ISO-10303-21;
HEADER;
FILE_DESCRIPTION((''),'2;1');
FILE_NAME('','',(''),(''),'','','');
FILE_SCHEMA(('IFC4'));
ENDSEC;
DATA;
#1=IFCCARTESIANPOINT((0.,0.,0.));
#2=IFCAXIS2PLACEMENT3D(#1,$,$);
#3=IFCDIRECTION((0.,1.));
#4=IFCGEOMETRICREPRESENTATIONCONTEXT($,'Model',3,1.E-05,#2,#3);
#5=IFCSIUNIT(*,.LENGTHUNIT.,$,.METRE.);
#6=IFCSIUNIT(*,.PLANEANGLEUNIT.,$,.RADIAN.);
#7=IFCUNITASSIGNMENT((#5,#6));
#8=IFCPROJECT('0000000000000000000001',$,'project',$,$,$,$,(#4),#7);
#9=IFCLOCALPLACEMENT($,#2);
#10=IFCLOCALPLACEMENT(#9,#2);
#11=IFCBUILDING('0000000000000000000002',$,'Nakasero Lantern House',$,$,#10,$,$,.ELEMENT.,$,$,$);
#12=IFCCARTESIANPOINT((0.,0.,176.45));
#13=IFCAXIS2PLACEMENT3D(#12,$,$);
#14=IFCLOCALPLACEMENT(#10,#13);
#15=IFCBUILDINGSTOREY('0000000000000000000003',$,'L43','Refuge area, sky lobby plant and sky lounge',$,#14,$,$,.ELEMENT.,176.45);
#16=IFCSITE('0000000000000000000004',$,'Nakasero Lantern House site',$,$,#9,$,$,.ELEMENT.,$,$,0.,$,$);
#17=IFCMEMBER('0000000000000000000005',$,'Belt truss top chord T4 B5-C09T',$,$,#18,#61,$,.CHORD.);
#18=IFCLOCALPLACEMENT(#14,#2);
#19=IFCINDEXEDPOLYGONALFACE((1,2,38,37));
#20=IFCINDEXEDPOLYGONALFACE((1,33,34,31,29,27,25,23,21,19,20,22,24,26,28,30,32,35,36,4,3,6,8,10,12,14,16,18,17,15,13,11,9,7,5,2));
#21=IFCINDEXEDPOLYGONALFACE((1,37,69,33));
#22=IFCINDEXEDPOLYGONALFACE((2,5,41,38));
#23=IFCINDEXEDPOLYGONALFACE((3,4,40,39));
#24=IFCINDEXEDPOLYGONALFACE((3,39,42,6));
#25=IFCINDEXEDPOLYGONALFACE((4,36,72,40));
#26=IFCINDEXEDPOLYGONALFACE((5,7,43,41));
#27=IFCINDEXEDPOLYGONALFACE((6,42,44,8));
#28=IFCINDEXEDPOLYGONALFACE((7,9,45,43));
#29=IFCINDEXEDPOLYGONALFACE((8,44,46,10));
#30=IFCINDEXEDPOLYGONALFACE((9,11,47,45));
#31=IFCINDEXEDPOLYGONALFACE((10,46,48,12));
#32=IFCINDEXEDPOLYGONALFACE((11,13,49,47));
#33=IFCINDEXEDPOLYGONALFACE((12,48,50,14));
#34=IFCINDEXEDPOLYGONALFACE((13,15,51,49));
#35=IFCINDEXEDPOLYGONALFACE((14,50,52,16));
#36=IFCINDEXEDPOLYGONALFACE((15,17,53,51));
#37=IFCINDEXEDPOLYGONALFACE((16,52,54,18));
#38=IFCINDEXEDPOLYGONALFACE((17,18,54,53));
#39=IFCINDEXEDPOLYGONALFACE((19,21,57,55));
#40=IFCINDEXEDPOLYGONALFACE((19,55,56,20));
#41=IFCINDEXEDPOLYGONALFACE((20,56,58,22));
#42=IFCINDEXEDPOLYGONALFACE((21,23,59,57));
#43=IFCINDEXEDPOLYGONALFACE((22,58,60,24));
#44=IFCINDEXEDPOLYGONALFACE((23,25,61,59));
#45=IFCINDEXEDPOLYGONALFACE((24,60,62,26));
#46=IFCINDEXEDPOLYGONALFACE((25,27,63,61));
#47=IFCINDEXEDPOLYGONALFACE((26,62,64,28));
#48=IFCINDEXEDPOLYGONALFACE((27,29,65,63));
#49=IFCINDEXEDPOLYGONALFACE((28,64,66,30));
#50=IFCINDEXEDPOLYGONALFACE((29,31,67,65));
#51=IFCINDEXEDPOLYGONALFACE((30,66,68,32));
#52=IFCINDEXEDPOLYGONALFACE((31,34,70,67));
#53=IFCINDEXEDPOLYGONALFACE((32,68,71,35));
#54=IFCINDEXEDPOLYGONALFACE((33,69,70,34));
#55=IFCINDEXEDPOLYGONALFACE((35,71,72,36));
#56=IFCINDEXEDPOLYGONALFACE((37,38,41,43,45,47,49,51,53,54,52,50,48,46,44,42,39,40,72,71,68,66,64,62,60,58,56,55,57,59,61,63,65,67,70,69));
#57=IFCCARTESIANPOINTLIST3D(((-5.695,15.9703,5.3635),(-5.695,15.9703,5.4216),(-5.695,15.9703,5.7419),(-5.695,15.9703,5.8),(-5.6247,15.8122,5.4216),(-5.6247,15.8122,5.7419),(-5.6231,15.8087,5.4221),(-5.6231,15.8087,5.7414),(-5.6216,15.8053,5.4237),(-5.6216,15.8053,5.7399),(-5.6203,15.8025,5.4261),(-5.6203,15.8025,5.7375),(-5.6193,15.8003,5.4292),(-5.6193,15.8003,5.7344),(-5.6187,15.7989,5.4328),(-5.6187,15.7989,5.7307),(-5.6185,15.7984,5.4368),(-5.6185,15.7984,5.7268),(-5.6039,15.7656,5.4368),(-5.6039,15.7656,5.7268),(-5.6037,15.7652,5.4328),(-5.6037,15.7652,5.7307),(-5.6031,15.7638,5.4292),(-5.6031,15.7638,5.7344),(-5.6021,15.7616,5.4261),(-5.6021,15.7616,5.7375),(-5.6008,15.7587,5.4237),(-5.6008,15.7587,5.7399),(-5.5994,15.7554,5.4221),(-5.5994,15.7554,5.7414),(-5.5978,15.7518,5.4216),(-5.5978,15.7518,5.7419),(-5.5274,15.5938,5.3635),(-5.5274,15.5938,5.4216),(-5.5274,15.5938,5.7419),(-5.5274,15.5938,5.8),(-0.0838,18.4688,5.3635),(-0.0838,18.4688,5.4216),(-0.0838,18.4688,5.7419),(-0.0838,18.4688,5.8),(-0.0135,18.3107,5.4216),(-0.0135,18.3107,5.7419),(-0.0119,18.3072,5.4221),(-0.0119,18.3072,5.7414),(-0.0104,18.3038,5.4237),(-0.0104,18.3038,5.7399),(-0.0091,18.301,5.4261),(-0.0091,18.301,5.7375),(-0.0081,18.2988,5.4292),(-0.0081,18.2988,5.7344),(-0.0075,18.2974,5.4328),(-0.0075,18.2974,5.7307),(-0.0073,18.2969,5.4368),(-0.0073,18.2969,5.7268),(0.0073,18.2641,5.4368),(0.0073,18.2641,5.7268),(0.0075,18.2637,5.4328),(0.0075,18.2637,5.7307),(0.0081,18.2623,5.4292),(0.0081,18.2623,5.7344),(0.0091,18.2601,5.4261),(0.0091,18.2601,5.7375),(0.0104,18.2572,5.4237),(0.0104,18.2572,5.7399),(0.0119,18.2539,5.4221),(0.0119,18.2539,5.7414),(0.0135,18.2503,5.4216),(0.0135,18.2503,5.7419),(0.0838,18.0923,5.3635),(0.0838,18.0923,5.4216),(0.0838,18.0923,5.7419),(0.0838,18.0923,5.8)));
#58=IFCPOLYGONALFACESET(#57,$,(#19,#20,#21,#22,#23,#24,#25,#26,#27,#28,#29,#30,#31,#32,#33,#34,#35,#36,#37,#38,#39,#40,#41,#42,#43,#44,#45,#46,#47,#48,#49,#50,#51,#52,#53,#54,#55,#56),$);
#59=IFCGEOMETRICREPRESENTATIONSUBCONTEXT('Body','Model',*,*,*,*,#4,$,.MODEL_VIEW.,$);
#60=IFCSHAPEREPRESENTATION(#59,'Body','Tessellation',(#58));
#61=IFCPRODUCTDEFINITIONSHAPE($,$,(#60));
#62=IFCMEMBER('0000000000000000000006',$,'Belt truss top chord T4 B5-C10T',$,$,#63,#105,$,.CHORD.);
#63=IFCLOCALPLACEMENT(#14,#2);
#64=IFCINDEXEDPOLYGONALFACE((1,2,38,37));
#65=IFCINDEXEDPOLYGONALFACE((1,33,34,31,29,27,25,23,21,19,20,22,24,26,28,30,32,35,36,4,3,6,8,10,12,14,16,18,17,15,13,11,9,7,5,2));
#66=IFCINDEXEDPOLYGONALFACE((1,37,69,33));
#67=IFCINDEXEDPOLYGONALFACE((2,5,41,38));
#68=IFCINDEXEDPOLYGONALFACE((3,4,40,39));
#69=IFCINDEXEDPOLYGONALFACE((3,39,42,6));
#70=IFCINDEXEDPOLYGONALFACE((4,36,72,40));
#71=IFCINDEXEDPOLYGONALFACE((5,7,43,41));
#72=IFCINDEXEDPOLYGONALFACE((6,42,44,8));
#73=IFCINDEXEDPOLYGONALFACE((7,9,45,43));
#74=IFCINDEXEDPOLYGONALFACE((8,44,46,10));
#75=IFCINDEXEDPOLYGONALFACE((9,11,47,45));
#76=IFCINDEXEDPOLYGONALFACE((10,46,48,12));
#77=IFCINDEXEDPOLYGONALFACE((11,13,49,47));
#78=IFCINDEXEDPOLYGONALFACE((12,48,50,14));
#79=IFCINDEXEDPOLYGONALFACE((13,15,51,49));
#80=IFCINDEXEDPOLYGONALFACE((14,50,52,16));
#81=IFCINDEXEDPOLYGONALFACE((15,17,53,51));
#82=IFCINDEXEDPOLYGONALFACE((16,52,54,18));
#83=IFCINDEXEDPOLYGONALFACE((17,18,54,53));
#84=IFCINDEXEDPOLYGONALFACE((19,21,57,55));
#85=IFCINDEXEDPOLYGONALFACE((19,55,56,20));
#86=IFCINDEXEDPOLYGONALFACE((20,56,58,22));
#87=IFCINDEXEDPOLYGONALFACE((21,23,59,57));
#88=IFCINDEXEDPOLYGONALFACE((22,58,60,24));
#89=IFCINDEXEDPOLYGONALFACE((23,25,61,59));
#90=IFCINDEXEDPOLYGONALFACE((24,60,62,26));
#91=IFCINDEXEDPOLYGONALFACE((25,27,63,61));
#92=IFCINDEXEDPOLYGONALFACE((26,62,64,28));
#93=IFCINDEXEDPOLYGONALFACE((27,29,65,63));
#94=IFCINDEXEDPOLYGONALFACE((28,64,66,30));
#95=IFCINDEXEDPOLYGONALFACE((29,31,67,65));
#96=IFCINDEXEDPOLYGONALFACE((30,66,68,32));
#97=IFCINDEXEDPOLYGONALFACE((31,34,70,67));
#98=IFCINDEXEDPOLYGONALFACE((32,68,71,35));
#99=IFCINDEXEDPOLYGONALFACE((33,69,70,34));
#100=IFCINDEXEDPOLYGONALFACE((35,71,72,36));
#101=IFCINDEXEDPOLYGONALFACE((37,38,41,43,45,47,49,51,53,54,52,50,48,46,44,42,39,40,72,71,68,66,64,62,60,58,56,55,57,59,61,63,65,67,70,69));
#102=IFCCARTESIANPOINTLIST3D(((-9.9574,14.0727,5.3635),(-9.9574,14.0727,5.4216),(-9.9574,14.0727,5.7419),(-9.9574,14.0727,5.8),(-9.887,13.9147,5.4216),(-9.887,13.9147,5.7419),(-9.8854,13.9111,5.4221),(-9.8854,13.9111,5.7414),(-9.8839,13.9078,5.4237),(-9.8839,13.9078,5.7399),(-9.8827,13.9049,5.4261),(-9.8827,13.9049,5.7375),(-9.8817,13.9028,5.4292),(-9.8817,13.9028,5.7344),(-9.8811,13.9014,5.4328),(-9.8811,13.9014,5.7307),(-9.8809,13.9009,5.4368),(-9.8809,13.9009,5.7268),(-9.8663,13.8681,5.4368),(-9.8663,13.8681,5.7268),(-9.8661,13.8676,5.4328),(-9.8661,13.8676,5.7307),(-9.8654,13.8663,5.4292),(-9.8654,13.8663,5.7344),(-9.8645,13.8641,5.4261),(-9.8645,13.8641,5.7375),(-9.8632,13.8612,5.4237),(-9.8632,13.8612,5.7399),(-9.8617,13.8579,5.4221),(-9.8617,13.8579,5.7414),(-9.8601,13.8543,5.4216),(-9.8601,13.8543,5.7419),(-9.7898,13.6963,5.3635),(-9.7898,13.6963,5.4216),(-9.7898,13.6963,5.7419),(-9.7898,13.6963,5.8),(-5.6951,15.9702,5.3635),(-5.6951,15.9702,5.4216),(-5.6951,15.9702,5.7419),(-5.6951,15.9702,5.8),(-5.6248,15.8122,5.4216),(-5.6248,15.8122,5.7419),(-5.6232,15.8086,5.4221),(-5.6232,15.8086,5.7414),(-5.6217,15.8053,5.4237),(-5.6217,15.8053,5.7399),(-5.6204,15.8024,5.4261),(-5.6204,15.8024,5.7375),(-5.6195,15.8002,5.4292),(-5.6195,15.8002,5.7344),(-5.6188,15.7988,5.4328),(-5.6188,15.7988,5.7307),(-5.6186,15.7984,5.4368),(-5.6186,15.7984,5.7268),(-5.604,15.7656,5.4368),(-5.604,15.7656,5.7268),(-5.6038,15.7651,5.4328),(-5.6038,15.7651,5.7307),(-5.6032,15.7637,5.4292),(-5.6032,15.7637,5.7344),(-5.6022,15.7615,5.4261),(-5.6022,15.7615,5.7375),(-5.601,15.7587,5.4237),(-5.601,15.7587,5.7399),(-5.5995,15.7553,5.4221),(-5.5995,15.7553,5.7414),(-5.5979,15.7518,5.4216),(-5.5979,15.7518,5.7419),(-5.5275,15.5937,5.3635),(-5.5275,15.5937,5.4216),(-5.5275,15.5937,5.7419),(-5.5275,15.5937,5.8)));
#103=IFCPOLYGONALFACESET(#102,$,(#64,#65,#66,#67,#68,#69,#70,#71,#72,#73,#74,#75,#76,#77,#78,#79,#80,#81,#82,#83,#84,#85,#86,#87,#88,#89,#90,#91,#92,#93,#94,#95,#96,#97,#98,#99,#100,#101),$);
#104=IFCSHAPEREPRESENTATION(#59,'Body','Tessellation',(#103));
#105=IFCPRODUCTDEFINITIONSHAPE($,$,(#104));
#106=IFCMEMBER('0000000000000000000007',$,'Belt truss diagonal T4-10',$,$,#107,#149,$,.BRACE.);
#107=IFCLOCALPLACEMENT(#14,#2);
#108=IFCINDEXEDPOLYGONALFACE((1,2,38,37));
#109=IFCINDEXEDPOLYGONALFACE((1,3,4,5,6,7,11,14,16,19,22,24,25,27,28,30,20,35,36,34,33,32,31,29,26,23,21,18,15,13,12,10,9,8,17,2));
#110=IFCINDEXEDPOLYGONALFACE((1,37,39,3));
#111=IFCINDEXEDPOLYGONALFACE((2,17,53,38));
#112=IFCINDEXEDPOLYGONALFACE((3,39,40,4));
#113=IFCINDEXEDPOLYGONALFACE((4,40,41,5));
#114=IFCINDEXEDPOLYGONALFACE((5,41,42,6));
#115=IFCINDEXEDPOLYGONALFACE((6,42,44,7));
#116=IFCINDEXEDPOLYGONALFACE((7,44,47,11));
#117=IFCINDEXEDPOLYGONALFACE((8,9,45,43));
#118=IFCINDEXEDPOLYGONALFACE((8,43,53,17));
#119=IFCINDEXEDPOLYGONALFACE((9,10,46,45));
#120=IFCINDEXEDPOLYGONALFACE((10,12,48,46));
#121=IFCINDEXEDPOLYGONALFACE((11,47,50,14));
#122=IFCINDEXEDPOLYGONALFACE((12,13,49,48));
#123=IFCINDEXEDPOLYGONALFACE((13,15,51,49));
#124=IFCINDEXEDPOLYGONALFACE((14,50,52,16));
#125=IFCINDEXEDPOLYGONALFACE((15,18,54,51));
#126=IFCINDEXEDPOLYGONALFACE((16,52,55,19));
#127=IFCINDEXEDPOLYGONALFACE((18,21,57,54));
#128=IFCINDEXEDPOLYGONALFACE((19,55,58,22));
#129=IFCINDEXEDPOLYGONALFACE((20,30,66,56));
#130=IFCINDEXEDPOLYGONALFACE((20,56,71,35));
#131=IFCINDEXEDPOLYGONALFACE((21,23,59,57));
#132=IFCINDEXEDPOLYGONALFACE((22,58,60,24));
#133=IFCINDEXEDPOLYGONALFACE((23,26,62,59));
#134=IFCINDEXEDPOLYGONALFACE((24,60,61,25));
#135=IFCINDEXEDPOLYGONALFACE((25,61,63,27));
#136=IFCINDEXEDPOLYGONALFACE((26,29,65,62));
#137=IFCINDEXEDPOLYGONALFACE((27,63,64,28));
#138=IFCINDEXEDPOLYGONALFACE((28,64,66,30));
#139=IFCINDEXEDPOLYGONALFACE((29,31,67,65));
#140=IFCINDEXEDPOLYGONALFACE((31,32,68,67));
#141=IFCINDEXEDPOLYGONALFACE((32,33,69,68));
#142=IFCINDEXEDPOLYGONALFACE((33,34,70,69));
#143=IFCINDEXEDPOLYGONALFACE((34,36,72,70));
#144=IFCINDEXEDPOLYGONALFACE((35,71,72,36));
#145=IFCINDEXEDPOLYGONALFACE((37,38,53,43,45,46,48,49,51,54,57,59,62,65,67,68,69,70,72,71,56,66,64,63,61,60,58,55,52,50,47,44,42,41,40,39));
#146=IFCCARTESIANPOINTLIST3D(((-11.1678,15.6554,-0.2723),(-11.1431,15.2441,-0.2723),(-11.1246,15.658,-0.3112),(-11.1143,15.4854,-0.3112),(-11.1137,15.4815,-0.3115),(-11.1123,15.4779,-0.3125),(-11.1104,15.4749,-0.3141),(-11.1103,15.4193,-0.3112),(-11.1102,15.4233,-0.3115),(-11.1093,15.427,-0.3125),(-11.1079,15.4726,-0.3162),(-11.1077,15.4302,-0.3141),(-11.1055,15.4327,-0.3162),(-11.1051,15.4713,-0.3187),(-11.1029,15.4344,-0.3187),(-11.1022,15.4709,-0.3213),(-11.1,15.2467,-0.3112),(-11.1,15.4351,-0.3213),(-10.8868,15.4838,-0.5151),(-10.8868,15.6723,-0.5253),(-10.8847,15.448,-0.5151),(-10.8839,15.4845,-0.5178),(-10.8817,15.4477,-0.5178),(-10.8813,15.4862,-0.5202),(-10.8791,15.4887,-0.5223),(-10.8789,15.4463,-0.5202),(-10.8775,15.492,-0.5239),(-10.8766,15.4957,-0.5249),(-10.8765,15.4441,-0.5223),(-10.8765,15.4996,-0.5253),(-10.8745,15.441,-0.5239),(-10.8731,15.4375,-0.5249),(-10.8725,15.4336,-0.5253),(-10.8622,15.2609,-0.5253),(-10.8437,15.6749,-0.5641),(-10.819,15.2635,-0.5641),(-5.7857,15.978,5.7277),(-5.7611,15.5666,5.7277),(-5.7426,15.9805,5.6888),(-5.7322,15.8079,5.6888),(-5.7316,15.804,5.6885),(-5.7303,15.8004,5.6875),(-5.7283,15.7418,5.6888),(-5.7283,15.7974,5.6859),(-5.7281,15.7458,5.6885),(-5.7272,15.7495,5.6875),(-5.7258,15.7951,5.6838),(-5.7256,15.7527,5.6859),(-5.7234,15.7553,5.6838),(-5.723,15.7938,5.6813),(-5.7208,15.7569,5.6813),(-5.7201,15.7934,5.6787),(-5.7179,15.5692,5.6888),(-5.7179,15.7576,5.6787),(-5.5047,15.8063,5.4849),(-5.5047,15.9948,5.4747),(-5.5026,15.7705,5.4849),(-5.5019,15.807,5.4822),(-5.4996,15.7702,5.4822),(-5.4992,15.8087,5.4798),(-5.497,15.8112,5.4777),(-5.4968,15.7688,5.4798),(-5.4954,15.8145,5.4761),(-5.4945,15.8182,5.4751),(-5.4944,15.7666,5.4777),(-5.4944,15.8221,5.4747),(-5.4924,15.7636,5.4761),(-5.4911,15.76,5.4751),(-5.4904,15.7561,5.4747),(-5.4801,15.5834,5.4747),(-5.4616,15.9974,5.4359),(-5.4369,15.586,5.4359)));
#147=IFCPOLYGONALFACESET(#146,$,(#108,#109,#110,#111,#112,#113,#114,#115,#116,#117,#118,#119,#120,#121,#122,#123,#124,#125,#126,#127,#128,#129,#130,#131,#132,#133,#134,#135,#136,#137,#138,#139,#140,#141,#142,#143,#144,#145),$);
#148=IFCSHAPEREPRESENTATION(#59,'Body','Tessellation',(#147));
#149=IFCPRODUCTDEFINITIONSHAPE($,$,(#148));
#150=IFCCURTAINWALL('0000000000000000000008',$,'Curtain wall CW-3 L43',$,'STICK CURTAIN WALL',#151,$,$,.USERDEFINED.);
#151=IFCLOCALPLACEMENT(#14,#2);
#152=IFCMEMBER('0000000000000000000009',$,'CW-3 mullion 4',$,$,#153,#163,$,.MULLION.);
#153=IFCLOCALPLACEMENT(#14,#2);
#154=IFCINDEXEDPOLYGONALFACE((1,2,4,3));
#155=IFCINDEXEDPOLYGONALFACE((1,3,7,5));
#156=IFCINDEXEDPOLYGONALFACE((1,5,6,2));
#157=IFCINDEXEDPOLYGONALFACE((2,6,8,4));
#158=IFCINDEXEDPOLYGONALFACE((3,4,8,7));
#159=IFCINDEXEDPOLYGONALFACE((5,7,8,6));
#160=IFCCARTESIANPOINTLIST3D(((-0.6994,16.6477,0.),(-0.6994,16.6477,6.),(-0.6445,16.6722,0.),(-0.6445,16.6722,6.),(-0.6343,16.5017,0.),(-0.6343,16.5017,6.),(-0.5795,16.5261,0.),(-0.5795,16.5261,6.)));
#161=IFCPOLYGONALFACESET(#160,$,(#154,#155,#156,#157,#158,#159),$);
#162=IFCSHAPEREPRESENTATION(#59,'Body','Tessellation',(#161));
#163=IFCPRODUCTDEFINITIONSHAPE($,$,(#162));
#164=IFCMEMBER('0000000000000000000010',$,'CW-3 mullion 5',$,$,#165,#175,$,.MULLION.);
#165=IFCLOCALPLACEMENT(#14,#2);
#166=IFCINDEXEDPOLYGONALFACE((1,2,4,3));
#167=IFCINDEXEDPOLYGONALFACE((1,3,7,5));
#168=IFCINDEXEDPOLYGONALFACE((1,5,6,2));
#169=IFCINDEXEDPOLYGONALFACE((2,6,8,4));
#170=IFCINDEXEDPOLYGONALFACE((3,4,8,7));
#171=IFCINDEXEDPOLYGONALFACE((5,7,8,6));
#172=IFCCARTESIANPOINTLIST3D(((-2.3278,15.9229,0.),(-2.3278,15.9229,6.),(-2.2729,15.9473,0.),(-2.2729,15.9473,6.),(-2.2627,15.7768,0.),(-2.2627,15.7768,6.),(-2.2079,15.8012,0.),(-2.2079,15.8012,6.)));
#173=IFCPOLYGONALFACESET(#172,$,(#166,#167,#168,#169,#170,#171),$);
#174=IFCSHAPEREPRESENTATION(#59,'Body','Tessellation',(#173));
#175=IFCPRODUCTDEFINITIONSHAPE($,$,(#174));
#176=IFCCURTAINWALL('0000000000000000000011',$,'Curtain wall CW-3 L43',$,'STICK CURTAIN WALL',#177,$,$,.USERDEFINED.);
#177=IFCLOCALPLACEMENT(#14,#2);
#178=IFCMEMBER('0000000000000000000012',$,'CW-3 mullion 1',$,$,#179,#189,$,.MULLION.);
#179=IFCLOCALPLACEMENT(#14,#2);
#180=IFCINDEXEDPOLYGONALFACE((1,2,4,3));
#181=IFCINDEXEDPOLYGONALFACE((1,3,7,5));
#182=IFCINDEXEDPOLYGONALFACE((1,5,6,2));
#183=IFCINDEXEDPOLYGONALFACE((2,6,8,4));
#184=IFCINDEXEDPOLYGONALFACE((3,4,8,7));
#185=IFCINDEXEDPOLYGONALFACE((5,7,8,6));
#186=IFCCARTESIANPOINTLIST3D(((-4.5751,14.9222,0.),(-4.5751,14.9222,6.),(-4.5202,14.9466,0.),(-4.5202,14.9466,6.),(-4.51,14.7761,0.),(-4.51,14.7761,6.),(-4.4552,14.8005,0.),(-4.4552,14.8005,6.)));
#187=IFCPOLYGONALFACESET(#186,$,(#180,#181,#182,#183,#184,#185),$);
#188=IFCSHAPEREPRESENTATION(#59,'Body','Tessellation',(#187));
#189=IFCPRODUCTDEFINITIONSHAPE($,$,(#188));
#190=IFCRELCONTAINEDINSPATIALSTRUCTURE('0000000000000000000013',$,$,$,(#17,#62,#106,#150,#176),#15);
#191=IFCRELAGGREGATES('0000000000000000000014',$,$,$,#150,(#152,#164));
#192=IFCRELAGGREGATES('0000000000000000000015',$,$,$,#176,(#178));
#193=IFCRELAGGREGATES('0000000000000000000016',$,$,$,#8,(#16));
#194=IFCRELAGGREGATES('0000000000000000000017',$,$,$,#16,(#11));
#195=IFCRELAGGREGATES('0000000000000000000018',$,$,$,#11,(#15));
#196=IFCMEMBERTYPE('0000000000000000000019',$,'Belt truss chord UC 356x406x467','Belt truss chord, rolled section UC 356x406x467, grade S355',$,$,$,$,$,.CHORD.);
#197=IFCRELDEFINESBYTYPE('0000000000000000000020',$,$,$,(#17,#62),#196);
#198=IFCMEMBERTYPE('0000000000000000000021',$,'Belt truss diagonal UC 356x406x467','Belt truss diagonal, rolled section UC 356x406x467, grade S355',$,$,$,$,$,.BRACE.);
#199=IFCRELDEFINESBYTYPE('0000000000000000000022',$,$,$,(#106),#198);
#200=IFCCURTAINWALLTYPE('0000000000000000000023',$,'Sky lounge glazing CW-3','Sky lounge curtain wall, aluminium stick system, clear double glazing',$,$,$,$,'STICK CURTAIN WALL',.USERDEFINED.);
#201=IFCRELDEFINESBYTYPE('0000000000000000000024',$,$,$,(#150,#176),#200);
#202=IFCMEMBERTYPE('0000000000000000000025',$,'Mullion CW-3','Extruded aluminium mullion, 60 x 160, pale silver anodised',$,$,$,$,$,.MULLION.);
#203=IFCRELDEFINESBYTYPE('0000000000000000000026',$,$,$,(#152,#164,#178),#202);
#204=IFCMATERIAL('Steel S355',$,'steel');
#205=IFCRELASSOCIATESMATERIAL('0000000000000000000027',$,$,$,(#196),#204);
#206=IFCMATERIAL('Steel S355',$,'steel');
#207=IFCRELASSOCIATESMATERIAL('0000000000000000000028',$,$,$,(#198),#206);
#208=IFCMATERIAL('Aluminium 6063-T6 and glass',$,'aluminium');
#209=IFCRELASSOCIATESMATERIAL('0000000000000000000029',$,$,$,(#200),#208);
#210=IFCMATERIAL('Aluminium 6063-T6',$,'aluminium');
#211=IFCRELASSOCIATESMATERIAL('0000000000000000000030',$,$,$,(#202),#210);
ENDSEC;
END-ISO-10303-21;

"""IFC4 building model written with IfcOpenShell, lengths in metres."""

from ifc_helpers import new_model, si_unit, direction, frame, origin, origin_2d, place, context, subcontext, project, spatial, rectangle, i_section, extrude, material, material_profile, profile_set, type_object, element, aggregate, save


model = new_model("IFC4")

# Units and contexts
model_context = context("Model", 3, precision=1e-05, world=origin(), true_north=direction((0.0, 1.0)))
body_context = subcontext(model_context, "Body", "Model", "MODEL_VIEW")
ifc_project = project(units=[si_unit("LENGTHUNIT", "METRE"), si_unit("PLANEANGLEUNIT", "RADIAN")], contexts=[model_context])

# Site, building, storey
site_placement = place(None, origin())
site = spatial("IfcSite", under=ifc_project, at=site_placement, Name="Nakasero Lantern House site", CompositionType="ELEMENT", RefElevation=0.0)
building_placement = place(site_placement, origin())
building = spatial("IfcBuilding", under=site, at=building_placement, Name="Nakasero Lantern House", CompositionType="ELEMENT")
storey_placement = place(building_placement, frame((0.0, 0.0, 176.45)))
storey = spatial("IfcBuildingStorey", under=building, at=storey_placement, Name="L43", Description="Refuge area, sky lobby plant and sky lounge", CompositionType="ELEMENT", Elevation=176.45)

# Members
ifc_material_1 = material(Name="Steel S355", Category="steel")
ifc_material_profile_1 = material_profile(ifc_material_1, i_section(OverallWidth=0.4121, OverallDepth=0.4365, WebThickness=0.0359, FlangeThickness=0.0581, FilletRadius=0.0151, at=origin_2d()), Name="UC 356x406x467")
ifc_profile_set_1 = profile_set([ifc_material_profile_1], Name="Steel S355")
member_type_1 = type_object("IfcMemberType", Name="Belt truss chord UC 356x406x467", Description="Belt truss chord, rolled section UC 356x406x467, grade S355", PredefinedType="CHORD", material=ifc_profile_set_1)
member_1_placement = place(storey_placement, frame((0.0, 18.2805, 5.5818), z_axis=(-0.913533, -0.406765, 0.0), x_axis=(0.406765, -0.913533, 0.0)))
element("IfcMember", 1, at=member_1_placement, inside=storey, type_object=member_type_1, Name="Belt truss top chord T4 B5-C09T", PredefinedType="CHORD", context=body_context, shape_type="SweptSolid", body=[
    extrude(i_section(OverallWidth=0.4121, OverallDepth=0.4365, WebThickness=0.0359, FlangeThickness=0.0581, FilletRadius=0.0151, at=origin_2d()), origin(), (0.0, 0.0, 1.0), 6.1423),
])
member_2_placement = place(storey_placement, frame((-5.6113, 15.782, 5.5818), z_axis=(-0.913561, -0.406702, 0.0), x_axis=(0.406702, -0.913561, 0.0)))
element("IfcMember", 2, at=member_2_placement, inside=storey, type_object=member_type_1, Name="Belt truss top chord T4 B5-C10T", PredefinedType="CHORD", context=body_context, shape_type="SweptSolid", body=[
    extrude(i_section(OverallWidth=0.4121, OverallDepth=0.4365, WebThickness=0.0359, FlangeThickness=0.0581, FilletRadius=0.0151, at=origin_2d()), origin(), (0.0, 0.0, 1.0), 4.6655),
])
ifc_material_2 = material(Name="Steel S355", Category="steel")
ifc_material_profile_2 = material_profile(ifc_material_2, i_section(OverallWidth=0.4121, OverallDepth=0.4365, WebThickness=0.0359, FlangeThickness=0.0581, FilletRadius=0.0151, at=origin_2d()), Name="UC 356x406x467")
ifc_profile_set_2 = profile_set([ifc_material_profile_2], Name="Steel S355")
member_type_2 = type_object("IfcMemberType", Name="Belt truss diagonal UC 356x406x467", Description="Belt truss diagonal, rolled section UC 356x406x467, grade S355", PredefinedType="BRACE", material=ifc_profile_set_2)
member_3_placement = place(storey_placement, frame((-5.6113, 15.782, 5.5818), z_axis=(-0.667202, -0.039981, -0.743803), x_axis=(0.059816, -0.998209, 0.0)))
element("IfcMember", 3, at=member_3_placement, inside=storey, type_object=member_type_2, Name="Belt truss diagonal T4-10", PredefinedType="BRACE", context=body_context, shape_type="SweptSolid", body=[
    extrude(i_section(OverallWidth=0.4121, OverallDepth=0.4365, WebThickness=0.0359, FlangeThickness=0.0581, FilletRadius=0.0151, at=origin_2d()), origin(), (0.0, 0.0, 1.0), 8.0667),
])

# Curtain wall, members
ifc_material_3 = material(Name="Aluminium 6063-T6 and glass", Category="aluminium")
curtain_wall_type = type_object("IfcCurtainWallType", Name="Sky lounge glazing CW-3", Description="Sky lounge curtain wall, aluminium stick system, clear double glazing", ElementType="STICK CURTAIN WALL", PredefinedType="USERDEFINED", material=ifc_material_3)
curtain_wall_1_placement = place(storey_placement, origin())
curtain_wall_1 = element("IfcCurtainWall", 4, at=curtain_wall_1_placement, inside=storey, type_object=curtain_wall_type, Name="Curtain wall CW-3 L43", ObjectType="STICK CURTAIN WALL", PredefinedType="USERDEFINED")
ifc_material_4 = material(Name="Aluminium 6063-T6", Category="aluminium")
ifc_material_profile_3 = material_profile(ifc_material_4, rectangle(XDim=0.0601, YDim=0.1599, at=origin_2d()), Name="CW-3 mullion 60x160")
ifc_profile_set_3 = profile_set([ifc_material_profile_3], Name="Aluminium 6063-T6")
member_type_3 = type_object("IfcMemberType", Name="Mullion CW-3", Description="Extruded aluminium mullion, 60 x 160, pale silver anodised", PredefinedType="MULLION", material=ifc_profile_set_3)
member_4_placement = place(storey_placement, frame((-0.6394, 16.5869, 0.0), z_axis=(0.0, 0.0, 1.0), x_axis=(-0.913545, -0.406737, 0.0)))
member_4 = element("IfcMember", 5, at=member_4_placement, type_object=member_type_3, Name="CW-3 mullion 4", PredefinedType="MULLION", context=body_context, shape_type="SweptSolid", body=[
    extrude(rectangle(XDim=0.0601, YDim=0.1599, at=origin_2d()), origin(), (0.0, 0.0, 1.0), 6.0),
])
member_5_placement = place(storey_placement, frame((-2.2678, 15.8621, 0.0), z_axis=(0.0, 0.0, 1.0), x_axis=(-0.913545, -0.406737, 0.0)))
member_5 = element("IfcMember", 6, at=member_5_placement, type_object=member_type_3, Name="CW-3 mullion 5", PredefinedType="MULLION", context=body_context, shape_type="SweptSolid", body=[
    extrude(rectangle(XDim=0.0601, YDim=0.1599, at=origin_2d()), origin(), (0.0, 0.0, 1.0), 6.0),
])

# Curtain wall, member
curtain_wall_2_placement = place(storey_placement, origin())
curtain_wall_2 = element("IfcCurtainWall", 7, at=curtain_wall_2_placement, inside=storey, type_object=curtain_wall_type, Name="Curtain wall CW-3 L43", ObjectType="STICK CURTAIN WALL", PredefinedType="USERDEFINED")
member_6_placement = place(storey_placement, frame((-4.5151, 14.8613, 0.0), z_axis=(0.0, 0.0, 1.0), x_axis=(-0.913545, -0.406737, 0.0)))
member_6 = element("IfcMember", 8, at=member_6_placement, type_object=member_type_3, Name="CW-3 mullion 1", PredefinedType="MULLION", context=body_context, shape_type="SweptSolid", body=[
    extrude(rectangle(XDim=0.0601, YDim=0.1599, at=origin_2d()), origin(), (0.0, 0.0, 1.0), 6.0),
])

aggregate(curtain_wall_1, [member_4, member_5])
aggregate(curtain_wall_2, [member_6])

save(model, "model.ifc")
